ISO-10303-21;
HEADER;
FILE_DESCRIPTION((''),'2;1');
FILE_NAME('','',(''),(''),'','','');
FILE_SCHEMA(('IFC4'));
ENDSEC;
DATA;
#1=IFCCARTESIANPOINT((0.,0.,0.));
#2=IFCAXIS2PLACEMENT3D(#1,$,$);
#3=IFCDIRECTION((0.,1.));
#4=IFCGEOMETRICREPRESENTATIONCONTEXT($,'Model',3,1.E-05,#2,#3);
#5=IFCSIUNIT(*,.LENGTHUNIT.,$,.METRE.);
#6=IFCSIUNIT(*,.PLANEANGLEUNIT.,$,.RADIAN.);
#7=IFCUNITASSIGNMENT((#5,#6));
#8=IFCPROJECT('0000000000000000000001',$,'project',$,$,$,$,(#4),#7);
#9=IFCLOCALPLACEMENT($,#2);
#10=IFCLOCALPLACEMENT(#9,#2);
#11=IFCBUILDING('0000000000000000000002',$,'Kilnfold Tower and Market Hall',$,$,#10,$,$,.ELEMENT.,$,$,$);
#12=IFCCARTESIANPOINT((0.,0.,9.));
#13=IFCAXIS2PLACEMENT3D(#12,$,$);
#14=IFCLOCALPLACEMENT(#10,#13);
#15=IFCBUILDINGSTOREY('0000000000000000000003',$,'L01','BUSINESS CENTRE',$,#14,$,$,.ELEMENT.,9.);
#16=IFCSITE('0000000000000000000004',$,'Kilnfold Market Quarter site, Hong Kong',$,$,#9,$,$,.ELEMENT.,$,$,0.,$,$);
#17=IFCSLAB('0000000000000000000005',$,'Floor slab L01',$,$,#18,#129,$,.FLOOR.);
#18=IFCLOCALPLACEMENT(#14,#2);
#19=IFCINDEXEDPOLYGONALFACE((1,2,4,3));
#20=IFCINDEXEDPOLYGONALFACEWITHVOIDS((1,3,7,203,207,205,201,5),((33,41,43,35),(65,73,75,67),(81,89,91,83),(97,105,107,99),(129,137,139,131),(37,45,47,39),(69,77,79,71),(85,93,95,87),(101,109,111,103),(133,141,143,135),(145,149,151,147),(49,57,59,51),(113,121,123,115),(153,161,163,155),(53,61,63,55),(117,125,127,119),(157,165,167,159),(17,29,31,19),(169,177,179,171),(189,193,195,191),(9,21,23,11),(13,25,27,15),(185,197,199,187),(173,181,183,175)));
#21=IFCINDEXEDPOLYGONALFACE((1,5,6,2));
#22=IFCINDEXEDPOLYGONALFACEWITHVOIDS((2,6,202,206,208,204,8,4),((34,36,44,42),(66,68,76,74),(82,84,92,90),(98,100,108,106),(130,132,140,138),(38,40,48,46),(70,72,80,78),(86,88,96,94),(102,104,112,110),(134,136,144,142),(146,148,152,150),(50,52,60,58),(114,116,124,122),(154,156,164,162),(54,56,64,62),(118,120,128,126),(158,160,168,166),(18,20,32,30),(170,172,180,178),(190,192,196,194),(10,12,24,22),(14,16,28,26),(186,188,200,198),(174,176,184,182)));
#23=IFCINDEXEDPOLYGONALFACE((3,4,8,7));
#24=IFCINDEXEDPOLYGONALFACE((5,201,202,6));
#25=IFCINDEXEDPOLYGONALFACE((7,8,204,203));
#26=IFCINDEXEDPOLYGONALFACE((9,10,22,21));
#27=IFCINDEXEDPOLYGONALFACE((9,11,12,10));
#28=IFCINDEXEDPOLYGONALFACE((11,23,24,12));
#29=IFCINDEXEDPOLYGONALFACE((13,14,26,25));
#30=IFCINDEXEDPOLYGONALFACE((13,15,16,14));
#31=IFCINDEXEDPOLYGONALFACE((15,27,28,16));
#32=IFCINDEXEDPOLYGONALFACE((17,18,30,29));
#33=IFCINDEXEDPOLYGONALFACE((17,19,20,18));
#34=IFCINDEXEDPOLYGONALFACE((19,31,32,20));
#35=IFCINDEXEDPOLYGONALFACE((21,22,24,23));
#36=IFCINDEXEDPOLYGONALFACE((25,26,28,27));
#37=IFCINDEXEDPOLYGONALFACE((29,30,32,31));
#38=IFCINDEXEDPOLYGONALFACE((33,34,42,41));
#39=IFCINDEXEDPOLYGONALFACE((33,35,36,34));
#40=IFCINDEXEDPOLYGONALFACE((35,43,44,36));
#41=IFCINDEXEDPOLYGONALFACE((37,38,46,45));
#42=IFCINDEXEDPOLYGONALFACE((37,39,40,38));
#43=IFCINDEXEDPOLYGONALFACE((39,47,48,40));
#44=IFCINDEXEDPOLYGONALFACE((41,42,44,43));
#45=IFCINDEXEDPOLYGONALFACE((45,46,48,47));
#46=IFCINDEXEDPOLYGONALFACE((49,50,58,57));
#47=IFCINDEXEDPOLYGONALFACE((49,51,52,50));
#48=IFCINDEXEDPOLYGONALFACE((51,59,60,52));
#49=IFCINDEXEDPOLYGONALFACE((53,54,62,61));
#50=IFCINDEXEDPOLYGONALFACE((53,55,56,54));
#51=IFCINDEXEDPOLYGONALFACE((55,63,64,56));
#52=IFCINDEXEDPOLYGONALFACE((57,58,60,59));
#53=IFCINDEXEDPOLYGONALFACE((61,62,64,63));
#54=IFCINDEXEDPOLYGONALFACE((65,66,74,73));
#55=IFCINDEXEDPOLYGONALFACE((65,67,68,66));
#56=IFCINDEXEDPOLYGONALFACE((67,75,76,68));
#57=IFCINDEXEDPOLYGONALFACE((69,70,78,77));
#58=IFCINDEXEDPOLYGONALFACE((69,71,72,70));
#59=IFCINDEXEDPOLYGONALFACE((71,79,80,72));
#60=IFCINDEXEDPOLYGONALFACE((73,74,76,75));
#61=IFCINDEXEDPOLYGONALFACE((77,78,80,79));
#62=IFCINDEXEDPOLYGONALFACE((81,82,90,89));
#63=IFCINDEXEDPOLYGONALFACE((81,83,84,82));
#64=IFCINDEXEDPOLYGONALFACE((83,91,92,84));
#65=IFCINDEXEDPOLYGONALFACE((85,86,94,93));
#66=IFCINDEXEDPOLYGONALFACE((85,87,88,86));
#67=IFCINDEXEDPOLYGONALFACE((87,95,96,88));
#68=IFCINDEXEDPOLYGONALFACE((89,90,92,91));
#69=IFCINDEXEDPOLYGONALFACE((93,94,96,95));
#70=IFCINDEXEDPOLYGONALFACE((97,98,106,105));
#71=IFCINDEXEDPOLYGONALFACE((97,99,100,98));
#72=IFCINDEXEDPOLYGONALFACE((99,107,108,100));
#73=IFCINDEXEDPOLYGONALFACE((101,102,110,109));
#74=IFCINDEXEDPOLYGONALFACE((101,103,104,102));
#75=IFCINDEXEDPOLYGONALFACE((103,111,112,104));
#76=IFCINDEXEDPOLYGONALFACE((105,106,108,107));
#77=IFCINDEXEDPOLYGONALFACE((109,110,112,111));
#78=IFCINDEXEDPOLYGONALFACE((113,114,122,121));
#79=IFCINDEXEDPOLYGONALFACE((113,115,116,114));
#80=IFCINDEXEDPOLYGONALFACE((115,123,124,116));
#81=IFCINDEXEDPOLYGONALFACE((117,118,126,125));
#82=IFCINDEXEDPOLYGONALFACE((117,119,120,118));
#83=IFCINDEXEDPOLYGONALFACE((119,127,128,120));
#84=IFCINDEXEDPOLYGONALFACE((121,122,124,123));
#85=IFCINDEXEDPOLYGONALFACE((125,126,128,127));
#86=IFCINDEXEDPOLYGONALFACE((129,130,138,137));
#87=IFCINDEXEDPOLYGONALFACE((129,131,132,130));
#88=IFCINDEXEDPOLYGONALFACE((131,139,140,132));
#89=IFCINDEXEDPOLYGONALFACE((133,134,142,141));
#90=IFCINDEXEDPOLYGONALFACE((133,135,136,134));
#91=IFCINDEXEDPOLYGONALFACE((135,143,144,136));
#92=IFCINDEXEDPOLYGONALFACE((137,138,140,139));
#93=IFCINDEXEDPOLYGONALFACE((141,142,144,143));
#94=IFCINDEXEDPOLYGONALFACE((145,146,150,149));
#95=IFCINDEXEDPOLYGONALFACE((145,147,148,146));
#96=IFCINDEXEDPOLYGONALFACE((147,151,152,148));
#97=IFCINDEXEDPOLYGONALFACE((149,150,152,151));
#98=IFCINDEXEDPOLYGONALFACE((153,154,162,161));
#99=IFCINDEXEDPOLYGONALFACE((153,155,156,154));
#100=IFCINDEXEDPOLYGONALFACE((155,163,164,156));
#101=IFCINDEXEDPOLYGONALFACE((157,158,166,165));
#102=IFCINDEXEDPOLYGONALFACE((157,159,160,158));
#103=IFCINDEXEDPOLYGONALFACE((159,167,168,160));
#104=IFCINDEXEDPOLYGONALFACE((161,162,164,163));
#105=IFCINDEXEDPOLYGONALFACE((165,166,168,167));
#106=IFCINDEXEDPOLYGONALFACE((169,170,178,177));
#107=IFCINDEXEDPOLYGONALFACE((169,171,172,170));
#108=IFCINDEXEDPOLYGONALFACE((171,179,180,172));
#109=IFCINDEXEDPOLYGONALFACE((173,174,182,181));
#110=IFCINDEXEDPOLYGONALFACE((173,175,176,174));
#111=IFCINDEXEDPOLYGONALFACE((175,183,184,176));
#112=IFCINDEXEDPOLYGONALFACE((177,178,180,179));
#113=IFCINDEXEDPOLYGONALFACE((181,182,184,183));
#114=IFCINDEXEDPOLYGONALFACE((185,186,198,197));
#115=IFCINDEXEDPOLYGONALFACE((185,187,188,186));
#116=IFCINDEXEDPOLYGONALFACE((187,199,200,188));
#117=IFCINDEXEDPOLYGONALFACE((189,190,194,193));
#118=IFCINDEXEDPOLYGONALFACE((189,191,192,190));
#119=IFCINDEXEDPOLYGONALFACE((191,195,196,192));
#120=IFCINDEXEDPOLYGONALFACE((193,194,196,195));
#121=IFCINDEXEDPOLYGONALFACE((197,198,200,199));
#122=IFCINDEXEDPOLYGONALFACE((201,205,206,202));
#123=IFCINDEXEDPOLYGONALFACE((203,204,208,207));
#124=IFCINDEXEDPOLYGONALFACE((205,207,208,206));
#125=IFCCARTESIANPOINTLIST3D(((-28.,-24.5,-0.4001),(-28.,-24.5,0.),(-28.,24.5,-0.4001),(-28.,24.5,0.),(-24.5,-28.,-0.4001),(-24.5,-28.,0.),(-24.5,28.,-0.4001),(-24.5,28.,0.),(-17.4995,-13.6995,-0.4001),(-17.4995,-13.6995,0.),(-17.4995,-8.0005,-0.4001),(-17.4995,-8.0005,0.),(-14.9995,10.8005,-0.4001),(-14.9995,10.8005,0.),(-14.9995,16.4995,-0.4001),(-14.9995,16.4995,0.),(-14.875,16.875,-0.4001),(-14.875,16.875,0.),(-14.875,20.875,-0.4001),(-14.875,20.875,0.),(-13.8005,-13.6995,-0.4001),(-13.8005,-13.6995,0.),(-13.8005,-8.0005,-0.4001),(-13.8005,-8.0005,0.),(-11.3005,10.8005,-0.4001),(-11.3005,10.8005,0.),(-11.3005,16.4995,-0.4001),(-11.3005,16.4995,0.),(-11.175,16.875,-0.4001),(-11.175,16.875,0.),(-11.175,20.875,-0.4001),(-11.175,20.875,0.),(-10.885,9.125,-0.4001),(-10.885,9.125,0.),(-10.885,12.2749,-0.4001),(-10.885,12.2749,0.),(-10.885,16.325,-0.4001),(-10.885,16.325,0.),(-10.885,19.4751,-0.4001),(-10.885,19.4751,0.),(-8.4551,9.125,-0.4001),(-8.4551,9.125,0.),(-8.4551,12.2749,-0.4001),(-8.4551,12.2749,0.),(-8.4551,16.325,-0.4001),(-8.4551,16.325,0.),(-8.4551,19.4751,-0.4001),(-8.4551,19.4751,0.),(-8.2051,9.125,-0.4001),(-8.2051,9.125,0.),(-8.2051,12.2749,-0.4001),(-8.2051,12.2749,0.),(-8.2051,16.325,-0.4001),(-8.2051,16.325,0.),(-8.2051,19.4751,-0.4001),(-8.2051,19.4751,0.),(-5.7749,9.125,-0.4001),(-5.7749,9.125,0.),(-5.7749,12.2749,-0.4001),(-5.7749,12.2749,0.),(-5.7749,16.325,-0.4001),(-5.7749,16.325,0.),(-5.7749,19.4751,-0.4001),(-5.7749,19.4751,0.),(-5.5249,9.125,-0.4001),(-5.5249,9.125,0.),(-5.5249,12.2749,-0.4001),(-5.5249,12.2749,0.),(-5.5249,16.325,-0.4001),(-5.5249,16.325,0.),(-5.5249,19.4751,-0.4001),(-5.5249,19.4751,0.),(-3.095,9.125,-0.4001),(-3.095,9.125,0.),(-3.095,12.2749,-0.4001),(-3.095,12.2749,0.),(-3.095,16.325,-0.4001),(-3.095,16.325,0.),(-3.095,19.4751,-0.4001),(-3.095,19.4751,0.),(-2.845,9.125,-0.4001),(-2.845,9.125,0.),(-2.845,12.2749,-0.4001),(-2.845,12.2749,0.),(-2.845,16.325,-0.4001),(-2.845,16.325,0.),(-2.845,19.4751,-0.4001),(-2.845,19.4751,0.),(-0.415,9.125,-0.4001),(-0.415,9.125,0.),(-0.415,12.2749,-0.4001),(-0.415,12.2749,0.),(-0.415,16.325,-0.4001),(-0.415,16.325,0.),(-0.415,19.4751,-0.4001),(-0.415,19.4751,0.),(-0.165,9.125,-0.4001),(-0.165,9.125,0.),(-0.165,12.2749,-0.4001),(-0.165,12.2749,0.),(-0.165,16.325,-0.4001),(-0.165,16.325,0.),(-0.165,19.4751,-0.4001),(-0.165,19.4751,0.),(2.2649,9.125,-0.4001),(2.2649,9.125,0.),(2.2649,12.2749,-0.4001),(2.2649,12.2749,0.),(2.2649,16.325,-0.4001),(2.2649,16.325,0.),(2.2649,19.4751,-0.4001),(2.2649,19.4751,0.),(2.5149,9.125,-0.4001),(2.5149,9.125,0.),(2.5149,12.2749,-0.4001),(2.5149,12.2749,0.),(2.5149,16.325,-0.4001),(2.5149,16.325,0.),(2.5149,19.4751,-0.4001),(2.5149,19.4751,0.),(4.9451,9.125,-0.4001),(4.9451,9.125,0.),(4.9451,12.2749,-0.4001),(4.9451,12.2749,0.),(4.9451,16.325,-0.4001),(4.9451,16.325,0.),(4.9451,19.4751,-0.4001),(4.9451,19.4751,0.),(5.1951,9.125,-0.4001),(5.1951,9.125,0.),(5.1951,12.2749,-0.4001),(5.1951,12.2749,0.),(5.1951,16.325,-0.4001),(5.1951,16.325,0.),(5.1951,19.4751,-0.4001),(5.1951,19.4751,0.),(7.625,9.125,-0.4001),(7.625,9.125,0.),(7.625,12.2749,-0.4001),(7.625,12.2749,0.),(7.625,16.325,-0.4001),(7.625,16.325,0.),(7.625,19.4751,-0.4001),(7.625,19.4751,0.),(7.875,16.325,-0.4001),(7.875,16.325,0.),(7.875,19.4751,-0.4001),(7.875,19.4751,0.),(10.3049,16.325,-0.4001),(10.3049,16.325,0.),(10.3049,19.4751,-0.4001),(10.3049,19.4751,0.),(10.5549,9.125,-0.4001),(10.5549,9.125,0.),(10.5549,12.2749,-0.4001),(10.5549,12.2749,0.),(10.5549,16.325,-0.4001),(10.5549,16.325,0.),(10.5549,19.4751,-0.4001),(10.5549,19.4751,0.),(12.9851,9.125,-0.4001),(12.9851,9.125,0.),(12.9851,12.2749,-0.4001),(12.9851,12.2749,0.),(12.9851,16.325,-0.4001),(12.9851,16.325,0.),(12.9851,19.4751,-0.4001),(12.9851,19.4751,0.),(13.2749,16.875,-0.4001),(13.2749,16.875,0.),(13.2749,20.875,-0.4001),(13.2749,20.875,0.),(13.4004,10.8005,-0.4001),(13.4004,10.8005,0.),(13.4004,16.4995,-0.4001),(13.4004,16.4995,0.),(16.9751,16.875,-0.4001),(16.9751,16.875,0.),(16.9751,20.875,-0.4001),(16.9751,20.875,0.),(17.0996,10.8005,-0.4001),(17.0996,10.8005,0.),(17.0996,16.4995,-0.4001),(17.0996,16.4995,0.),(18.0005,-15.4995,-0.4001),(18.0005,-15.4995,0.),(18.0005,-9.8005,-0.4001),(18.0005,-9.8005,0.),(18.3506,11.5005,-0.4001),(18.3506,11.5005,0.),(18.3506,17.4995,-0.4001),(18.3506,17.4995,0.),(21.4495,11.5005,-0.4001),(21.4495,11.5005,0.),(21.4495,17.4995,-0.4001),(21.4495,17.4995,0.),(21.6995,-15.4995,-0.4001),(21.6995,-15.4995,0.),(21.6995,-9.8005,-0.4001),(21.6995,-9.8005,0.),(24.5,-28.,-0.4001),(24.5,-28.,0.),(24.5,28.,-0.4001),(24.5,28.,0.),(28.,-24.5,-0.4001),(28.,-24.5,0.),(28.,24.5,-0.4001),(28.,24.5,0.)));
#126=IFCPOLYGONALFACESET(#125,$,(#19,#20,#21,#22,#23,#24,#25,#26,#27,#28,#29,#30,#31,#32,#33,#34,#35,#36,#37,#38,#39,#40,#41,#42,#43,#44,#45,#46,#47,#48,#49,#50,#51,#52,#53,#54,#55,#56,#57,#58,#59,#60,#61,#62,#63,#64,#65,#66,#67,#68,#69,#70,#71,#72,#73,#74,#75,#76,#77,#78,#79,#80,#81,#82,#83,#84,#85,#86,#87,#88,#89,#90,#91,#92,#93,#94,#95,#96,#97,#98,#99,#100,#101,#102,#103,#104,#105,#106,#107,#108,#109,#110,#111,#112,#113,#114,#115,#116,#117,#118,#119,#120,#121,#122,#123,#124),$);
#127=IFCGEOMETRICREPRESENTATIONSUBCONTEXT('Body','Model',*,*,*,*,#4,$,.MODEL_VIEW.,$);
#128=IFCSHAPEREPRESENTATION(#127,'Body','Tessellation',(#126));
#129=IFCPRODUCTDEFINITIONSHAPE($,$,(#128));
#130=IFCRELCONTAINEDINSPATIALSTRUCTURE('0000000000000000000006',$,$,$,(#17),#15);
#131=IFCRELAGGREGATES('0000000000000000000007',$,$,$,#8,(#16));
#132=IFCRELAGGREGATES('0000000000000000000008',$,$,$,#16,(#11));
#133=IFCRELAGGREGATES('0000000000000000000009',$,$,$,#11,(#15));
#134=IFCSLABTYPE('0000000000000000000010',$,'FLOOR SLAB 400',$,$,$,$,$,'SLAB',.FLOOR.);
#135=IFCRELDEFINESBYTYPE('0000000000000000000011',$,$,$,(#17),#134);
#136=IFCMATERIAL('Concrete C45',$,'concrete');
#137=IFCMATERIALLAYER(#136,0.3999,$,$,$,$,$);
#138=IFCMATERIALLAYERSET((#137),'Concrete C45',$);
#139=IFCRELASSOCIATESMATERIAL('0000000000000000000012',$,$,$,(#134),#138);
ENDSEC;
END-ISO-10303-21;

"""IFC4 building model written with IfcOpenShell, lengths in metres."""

from ifc_helpers import new_model, si_unit, direction, frame, origin, place, context, subcontext, project, spatial, polyline, outline, extrude, source, transform, mapped, material, layer, layer_set, type_object, element, save


model = new_model("IFC4")

# Units and contexts
model_context = context("Model", 3, precision=1e-05, world=origin(), true_north=direction((0.0, 1.0)))
body_context = subcontext(model_context, "Body", "Model", "MODEL_VIEW")
ifc_project = project(units=[si_unit("LENGTHUNIT", "METRE"), si_unit("PLANEANGLEUNIT", "RADIAN")], contexts=[model_context])

# Site, building, storey
site_placement = place(None, origin())
site = spatial("IfcSite", under=ifc_project, at=site_placement, Name="Kilnfold Market Quarter site, Hong Kong", CompositionType="ELEMENT", RefElevation=0.0)
building_placement = place(site_placement, origin())
building = spatial("IfcBuilding", under=site, at=building_placement, Name="Kilnfold Tower and Market Hall", CompositionType="ELEMENT")
storey_placement = place(building_placement, frame((0.0, 0.0, 9.0)))
storey = spatial("IfcBuildingStorey", under=building, at=storey_placement, Name="L01", Description="BUSINESS CENTRE", CompositionType="ELEMENT", Elevation=9.0)

# Slab
ifc_material_1 = material(Name="Concrete C45", Category="concrete")
ifc_layer_1 = layer(ifc_material_1, 0.3999)
ifc_layer_set_1 = layer_set([ifc_layer_1], Name="Concrete C45")
slab_type_1 = type_object("IfcSlabType", Name="FLOOR SLAB 400", ElementType="SLAB", PredefinedType="FLOOR", material=ifc_layer_set_1)
shared_shape_1 = source(origin(), body_context, "Body", "SweptSolid", [
    extrude(outline(polyline([(-24.5, -28.0), (24.5, -28.0), (28.0, -24.5), (28.0, 24.5), (24.5, 28.0), (-24.5, 28.0), (-28.0, 24.5), (-28.0, -24.5), (-24.5, -28.0)]), holes=[polyline([(-17.4995, -13.6995), (-17.4995, -8.0005), (-13.8005, -8.0005), (-13.8005, -13.6995), (-17.4995, -13.6995)]), polyline([(-14.9995, 10.8005), (-14.9995, 16.4995), (-11.3005, 16.4995), (-11.3005, 10.8005), (-14.9995, 10.8005)]), polyline([(-14.875, 16.875), (-14.875, 20.875), (-11.175, 20.875), (-11.175, 16.875), (-14.875, 16.875)]), polyline([(-10.885, 9.125), (-10.885, 12.2749), (-8.4551, 12.2749), (-8.4551, 9.125), (-10.885, 9.125)]), polyline([(-10.885, 16.325), (-10.885, 19.4751), (-8.4551, 19.4751), (-8.4551, 16.325), (-10.885, 16.325)]), polyline([(-8.2051, 9.125), (-8.2051, 12.2749), (-5.7749, 12.2749), (-5.7749, 9.125), (-8.2051, 9.125)]), polyline([(-8.2051, 16.325), (-8.2051, 19.4751), (-5.7749, 19.4751), (-5.7749, 16.325), (-8.2051, 16.325)]), polyline([(-5.5249, 9.125), (-5.5249, 12.2749), (-3.095, 12.2749), (-3.095, 9.125), (-5.5249, 9.125)]), polyline([(-5.5249, 16.325), (-5.5249, 19.4751), (-3.095, 19.4751), (-3.095, 16.325), (-5.5249, 16.325)]), polyline([(-2.845, 9.125), (-2.845, 12.2749), (-0.415, 12.2749), (-0.415, 9.125), (-2.845, 9.125)]), polyline([(-2.845, 16.325), (-2.845, 19.4751), (-0.415, 19.4751), (-0.415, 16.325), (-2.845, 16.325)]), polyline([(-0.165, 9.125), (-0.165, 12.2749), (2.2649, 12.2749), (2.2649, 9.125), (-0.165, 9.125)]), polyline([(-0.165, 16.325), (-0.165, 19.4751), (2.2649, 19.4751), (2.2649, 16.325), (-0.165, 16.325)]), polyline([(2.5149, 9.125), (2.5149, 12.2749), (4.9451, 12.2749), (4.9451, 9.125), (2.5149, 9.125)]), polyline([(2.5149, 16.325), (2.5149, 19.4751), (4.9451, 19.4751), (4.9451, 16.325), (2.5149, 16.325)]), polyline([(5.1951, 9.125), (5.1951, 12.2749), (7.625, 12.2749), (7.625, 9.125), (5.1951, 9.125)]), polyline([(5.1951, 16.325), (5.1951, 19.4751), (7.625, 19.4751), (7.625, 16.325), (5.1951, 16.325)]), polyline([(7.875, 16.325), (7.875, 19.4751), (10.3049, 19.4751), (10.3049, 16.325), (7.875, 16.325)]), polyline([(10.5549, 9.125), (10.5549, 12.2749), (12.9851, 12.2749), (12.9851, 9.125), (10.5549, 9.125)]), polyline([(10.5549, 16.325), (10.5549, 19.4751), (12.9851, 19.4751), (12.9851, 16.325), (10.5549, 16.325)]), polyline([(13.2749, 16.875), (13.2749, 20.875), (16.9751, 20.875), (16.9751, 16.875), (13.2749, 16.875)]), polyline([(13.4004, 10.8005), (13.4004, 16.4995), (17.0996, 16.4995), (17.0996, 10.8005), (13.4004, 10.8005)]), polyline([(18.0005, -9.8005), (21.6995, -9.8005), (21.6995, -15.4995), (18.0005, -15.4995), (18.0005, -9.8005)]), polyline([(18.3506, 11.5005), (18.3506, 17.4995), (21.4495, 17.4995), (21.4495, 11.5005), (18.3506, 11.5005)])]), origin(), (0.0, 0.0, 1.0), 0.4001),
])
slab_1_placement = place(storey_placement, frame((0.0, 0.0, -0.4001)))
element("IfcSlab", 1, at=slab_1_placement, inside=storey, type_object=slab_type_1, Name="Floor slab L01", PredefinedType="FLOOR", context=body_context, shape_type="MappedRepresentation", body=[
    mapped(shared_shape_1, transform((0.0, 0.0, 0.0))),
])

save(model, "model.ifc")
